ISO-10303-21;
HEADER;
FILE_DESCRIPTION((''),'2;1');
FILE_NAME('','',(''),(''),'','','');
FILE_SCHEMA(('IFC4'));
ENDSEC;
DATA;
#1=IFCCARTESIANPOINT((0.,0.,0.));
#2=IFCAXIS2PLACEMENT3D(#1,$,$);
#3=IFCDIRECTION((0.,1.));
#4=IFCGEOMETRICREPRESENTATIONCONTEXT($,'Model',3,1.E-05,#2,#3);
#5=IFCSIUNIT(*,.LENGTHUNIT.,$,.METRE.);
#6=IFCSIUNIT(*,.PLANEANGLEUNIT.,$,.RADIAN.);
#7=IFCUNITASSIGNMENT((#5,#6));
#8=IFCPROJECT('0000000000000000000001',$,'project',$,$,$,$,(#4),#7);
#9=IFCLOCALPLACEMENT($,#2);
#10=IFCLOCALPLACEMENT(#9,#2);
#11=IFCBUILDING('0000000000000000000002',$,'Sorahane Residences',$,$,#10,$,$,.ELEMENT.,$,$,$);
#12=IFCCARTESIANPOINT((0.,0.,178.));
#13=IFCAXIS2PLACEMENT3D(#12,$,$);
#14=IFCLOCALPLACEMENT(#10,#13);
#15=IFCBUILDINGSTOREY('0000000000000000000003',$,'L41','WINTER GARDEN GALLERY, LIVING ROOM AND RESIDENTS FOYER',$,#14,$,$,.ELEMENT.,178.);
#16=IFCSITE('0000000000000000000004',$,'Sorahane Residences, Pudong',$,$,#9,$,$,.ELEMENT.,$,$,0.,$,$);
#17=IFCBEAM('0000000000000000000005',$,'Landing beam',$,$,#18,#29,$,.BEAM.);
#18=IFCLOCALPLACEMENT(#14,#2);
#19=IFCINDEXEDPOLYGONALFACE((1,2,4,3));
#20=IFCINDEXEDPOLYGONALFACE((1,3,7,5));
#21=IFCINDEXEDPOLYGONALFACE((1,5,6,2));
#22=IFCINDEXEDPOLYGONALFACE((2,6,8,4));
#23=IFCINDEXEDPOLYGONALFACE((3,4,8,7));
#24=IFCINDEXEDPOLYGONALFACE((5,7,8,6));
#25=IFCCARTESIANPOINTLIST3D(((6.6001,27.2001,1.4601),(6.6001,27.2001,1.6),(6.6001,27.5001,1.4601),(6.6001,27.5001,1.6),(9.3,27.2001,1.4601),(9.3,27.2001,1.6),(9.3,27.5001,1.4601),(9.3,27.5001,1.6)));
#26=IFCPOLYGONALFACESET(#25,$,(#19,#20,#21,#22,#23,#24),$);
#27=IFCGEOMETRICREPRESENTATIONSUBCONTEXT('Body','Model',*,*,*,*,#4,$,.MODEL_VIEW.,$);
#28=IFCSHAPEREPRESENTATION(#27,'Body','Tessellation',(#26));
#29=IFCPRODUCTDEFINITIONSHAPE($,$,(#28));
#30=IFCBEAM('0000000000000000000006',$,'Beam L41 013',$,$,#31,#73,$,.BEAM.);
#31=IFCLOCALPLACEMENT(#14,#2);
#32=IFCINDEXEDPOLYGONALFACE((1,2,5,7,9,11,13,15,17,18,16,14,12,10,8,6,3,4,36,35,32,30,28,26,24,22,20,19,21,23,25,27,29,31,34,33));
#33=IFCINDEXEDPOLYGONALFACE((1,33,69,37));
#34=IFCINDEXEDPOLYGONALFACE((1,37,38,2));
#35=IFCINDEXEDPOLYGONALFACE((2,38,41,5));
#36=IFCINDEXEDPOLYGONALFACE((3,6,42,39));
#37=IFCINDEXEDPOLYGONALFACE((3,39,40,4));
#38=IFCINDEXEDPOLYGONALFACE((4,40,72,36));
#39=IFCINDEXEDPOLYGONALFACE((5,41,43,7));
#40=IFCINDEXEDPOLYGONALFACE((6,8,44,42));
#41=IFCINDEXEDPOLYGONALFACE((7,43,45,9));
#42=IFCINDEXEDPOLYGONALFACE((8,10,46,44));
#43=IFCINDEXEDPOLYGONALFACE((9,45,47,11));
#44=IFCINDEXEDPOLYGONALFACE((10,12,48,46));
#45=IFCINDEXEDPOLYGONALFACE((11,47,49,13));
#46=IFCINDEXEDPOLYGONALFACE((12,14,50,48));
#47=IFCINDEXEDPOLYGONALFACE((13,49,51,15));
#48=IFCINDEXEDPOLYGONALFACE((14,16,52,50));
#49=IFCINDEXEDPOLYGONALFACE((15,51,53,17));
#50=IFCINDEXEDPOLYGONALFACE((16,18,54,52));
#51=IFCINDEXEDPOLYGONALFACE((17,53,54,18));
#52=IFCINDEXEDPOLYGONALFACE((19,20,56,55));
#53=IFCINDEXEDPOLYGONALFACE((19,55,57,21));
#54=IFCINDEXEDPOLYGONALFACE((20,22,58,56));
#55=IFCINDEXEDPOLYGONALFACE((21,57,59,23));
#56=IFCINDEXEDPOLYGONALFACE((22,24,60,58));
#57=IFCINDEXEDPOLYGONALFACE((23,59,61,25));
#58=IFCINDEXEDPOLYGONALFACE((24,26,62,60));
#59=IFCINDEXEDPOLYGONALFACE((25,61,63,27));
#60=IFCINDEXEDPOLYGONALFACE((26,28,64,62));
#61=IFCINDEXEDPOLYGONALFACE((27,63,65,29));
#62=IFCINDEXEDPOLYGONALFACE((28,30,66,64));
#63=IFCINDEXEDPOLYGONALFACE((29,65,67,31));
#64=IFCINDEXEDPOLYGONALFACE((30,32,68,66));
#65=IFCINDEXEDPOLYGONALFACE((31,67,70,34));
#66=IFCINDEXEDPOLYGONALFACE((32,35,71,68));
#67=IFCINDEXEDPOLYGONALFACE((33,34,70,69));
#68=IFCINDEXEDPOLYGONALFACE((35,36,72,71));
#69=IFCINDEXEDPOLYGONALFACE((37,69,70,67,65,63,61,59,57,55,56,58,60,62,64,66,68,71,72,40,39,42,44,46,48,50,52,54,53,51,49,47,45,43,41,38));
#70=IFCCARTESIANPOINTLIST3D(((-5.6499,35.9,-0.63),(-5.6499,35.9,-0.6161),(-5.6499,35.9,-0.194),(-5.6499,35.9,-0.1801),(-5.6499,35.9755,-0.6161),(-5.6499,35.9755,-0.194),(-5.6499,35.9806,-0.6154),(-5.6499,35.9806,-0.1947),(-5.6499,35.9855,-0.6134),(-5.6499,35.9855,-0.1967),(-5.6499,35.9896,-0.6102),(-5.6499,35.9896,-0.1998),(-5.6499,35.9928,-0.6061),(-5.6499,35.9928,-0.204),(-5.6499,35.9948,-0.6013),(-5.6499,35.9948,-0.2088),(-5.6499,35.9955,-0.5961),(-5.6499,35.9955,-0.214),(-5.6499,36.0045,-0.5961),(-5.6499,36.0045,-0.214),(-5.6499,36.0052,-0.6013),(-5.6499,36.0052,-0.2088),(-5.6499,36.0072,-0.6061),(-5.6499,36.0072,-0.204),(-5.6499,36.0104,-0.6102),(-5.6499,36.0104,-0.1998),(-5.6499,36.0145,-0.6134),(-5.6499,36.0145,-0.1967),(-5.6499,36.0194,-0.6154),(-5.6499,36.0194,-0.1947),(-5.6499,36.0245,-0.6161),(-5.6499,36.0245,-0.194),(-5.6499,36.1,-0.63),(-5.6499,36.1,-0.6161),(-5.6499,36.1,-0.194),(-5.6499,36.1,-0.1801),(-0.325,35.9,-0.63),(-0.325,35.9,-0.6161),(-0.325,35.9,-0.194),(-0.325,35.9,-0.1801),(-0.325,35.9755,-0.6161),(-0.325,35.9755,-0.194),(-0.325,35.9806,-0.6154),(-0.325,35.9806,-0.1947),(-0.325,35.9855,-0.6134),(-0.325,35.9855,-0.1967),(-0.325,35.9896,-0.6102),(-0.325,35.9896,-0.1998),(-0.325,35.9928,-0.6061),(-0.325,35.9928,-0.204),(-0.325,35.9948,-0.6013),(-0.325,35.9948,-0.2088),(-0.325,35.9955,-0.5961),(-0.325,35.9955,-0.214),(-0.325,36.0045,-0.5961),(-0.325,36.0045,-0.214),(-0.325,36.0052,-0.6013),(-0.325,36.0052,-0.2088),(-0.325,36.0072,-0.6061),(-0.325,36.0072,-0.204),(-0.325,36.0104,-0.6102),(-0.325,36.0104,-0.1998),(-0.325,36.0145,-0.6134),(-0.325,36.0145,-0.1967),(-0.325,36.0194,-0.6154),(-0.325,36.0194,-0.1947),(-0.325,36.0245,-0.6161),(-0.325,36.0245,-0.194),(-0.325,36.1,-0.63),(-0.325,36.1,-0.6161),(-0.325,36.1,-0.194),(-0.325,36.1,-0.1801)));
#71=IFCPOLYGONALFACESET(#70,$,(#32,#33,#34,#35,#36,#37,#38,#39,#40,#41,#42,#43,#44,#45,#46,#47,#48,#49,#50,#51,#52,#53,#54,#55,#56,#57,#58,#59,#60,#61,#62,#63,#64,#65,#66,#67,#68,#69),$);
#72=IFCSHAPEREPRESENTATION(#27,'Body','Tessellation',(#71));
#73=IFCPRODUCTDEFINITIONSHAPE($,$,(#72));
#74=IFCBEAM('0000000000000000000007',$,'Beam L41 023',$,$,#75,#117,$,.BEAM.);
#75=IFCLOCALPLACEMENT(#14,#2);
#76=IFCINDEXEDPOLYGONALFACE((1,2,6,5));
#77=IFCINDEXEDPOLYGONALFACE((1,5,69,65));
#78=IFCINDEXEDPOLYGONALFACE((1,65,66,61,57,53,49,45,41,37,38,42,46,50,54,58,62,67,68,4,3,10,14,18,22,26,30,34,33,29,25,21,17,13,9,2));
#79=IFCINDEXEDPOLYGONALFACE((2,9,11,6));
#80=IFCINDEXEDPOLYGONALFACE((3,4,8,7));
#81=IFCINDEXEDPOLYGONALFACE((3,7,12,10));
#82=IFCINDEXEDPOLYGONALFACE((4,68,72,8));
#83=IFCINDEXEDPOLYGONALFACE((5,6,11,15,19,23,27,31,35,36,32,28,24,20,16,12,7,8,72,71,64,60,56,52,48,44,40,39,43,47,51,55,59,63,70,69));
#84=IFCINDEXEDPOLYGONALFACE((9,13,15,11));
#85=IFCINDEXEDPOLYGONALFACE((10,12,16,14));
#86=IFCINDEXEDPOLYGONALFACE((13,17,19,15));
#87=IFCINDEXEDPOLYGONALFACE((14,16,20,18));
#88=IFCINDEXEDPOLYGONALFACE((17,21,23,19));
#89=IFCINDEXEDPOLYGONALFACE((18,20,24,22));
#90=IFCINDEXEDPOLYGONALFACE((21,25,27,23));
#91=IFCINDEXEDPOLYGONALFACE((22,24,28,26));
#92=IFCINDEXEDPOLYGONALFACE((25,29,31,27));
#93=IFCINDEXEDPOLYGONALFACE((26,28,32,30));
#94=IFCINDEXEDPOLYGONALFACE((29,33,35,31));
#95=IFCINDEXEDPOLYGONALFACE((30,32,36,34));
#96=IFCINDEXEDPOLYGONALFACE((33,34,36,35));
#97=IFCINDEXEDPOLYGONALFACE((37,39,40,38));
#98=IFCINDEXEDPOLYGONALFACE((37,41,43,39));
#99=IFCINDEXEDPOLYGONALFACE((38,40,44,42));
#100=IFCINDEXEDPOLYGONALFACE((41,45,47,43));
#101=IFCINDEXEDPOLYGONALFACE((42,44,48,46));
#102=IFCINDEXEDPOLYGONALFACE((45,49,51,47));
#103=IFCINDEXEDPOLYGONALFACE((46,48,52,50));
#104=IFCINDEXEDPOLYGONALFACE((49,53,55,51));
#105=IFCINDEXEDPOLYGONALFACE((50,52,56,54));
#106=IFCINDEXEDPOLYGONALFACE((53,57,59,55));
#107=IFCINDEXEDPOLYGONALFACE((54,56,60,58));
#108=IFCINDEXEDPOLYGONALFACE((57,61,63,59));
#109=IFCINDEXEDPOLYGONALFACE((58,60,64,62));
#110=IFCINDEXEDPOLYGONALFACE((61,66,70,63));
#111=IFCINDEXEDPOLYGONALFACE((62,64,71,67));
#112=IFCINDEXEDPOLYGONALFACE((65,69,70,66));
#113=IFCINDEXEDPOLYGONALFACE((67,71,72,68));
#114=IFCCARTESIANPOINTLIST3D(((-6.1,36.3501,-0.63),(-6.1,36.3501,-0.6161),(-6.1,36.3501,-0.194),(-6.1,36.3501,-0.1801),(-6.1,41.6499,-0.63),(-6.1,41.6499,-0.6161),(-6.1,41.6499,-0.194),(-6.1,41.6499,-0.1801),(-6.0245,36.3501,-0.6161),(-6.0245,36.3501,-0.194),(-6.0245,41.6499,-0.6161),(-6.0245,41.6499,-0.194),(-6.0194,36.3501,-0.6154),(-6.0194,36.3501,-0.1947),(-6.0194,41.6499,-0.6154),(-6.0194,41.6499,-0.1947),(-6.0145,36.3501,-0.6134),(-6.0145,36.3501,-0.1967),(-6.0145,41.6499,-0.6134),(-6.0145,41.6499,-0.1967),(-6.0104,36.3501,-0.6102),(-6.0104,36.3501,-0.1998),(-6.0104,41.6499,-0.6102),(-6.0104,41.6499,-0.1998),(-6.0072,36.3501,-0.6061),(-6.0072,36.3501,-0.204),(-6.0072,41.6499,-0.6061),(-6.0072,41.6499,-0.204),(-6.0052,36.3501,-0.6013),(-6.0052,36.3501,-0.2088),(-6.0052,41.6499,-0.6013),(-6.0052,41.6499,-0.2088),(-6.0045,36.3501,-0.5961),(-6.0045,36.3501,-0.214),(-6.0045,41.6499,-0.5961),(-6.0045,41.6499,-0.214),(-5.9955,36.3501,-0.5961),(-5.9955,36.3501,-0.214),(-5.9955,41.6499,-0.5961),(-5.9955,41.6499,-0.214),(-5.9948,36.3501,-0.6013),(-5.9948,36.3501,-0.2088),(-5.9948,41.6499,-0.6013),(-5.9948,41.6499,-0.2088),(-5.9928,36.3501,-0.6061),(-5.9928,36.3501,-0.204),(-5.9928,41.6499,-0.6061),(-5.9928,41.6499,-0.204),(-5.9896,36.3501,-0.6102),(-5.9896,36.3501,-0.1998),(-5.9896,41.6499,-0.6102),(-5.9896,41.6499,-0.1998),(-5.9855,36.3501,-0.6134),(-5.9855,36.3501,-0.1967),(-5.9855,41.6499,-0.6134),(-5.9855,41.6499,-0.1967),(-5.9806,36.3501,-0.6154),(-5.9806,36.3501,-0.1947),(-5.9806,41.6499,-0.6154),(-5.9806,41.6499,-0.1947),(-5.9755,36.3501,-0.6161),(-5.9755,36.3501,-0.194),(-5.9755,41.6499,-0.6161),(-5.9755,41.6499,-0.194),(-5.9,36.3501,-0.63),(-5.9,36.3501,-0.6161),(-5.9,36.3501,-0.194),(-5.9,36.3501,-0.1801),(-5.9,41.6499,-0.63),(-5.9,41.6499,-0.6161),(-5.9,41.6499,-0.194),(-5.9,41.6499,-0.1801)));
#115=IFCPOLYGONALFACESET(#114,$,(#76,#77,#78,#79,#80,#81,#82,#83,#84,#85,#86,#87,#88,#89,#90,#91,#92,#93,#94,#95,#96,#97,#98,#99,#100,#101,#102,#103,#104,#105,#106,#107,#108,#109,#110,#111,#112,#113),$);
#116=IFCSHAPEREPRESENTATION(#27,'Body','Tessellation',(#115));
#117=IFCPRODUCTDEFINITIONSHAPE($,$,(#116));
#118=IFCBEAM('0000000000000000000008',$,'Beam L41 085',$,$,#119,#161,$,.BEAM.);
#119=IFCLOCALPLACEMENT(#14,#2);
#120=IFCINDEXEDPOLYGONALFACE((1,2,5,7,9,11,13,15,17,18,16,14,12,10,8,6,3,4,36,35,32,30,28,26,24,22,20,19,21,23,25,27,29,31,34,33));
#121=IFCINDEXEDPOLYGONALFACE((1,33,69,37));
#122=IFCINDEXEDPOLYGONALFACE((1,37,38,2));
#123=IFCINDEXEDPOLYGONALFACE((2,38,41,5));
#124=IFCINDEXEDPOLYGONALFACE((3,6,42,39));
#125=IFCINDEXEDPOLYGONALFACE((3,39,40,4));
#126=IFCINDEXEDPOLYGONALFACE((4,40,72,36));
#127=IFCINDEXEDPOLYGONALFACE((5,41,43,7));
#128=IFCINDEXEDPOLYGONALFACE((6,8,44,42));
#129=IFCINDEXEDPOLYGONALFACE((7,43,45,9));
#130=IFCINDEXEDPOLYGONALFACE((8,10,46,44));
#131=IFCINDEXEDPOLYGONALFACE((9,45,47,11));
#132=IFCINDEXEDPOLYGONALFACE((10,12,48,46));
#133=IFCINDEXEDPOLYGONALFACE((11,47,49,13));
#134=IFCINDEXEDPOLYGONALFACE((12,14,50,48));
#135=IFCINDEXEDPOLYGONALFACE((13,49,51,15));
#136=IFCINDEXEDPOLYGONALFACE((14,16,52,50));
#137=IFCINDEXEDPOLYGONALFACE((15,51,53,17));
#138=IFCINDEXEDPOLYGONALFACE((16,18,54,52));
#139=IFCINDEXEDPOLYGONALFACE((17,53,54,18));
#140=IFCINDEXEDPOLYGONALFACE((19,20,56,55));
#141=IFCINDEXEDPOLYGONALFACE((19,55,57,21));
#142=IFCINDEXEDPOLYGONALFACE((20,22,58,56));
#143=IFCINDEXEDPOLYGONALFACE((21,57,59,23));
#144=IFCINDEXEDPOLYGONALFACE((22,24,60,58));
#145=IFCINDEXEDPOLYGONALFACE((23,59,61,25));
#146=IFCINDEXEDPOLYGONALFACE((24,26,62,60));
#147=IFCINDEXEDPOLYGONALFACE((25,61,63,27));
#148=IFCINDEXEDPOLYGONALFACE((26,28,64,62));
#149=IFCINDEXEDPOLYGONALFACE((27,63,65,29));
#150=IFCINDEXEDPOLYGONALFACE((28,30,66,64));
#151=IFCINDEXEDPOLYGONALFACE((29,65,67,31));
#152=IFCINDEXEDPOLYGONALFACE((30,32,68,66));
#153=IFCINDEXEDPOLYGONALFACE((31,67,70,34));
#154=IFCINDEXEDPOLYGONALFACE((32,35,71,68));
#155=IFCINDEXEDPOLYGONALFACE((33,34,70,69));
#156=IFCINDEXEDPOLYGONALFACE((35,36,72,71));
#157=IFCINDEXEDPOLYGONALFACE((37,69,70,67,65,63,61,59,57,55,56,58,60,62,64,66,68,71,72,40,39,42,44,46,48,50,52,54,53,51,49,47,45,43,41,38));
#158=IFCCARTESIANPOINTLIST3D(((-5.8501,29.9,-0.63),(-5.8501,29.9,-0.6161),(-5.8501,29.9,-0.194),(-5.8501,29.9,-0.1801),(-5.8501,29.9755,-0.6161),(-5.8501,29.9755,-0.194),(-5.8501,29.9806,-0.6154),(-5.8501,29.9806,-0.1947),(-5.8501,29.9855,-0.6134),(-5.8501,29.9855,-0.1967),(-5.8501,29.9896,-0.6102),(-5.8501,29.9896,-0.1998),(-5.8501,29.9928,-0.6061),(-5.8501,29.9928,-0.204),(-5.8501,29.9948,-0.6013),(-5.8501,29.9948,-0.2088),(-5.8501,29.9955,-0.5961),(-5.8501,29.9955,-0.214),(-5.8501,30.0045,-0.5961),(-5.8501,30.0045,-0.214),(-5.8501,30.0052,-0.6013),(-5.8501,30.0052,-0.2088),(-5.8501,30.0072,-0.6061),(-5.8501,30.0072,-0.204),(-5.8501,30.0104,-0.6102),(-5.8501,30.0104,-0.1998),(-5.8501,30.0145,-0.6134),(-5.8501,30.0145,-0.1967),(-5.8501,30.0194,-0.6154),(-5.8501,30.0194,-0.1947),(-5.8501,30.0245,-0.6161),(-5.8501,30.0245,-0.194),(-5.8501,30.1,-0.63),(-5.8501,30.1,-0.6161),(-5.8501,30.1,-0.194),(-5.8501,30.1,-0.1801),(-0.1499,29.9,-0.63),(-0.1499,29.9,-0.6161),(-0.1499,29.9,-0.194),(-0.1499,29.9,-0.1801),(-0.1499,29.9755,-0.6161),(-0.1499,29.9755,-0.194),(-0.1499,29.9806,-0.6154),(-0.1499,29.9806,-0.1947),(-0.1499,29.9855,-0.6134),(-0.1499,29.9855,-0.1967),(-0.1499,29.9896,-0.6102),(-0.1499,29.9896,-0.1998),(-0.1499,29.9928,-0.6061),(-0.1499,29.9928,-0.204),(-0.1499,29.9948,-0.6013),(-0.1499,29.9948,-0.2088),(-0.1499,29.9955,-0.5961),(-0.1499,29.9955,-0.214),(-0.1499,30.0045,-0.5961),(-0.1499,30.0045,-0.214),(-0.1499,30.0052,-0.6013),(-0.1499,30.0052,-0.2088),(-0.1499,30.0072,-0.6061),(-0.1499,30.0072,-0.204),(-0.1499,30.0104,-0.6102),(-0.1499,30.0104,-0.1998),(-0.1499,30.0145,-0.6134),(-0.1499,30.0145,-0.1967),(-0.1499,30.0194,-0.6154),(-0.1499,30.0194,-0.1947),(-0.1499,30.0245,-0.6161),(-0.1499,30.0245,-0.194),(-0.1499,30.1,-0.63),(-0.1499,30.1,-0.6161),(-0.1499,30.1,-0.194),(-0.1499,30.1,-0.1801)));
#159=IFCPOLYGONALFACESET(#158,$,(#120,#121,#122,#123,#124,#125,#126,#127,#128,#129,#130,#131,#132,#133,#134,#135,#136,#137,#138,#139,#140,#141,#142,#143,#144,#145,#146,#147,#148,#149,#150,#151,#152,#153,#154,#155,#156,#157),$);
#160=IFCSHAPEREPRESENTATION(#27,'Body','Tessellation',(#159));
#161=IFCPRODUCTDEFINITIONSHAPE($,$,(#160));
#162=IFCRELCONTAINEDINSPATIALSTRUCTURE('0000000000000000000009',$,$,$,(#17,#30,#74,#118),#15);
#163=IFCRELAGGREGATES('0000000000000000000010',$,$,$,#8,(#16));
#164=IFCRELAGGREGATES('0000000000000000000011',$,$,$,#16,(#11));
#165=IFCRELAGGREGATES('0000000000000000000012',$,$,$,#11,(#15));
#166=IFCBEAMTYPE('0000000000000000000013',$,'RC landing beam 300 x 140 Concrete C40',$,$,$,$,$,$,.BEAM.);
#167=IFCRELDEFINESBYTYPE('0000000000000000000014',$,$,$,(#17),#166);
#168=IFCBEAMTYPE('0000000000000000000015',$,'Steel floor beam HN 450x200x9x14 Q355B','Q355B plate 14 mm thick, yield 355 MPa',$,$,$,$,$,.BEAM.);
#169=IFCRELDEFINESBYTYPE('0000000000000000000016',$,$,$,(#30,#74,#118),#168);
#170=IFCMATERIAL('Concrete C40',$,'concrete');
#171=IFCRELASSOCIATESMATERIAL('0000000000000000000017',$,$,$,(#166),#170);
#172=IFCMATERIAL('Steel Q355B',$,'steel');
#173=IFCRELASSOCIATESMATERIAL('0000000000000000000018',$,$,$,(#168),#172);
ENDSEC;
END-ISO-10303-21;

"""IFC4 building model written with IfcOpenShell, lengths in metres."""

from ifc_helpers import new_model, si_unit, direction, frame, origin, origin_2d, place, context, subcontext, project, spatial, rectangle, i_section, extrude, material, material_profile, profile_set, type_object, element, save


model = new_model("IFC4")

# Units and contexts
model_context = context("Model", 3, precision=1e-05, world=origin(), true_north=direction((0.0, 1.0)))
body_context = subcontext(model_context, "Body", "Model", "MODEL_VIEW")
ifc_project = project(units=[si_unit("LENGTHUNIT", "METRE"), si_unit("PLANEANGLEUNIT", "RADIAN")], contexts=[model_context])

# Site, building, storey
site_placement = place(None, origin())
site = spatial("IfcSite", under=ifc_project, at=site_placement, Name="Sorahane Residences, Pudong", CompositionType="ELEMENT", RefElevation=0.0)
building_placement = place(site_placement, origin())
building = spatial("IfcBuilding", under=site, at=building_placement, Name="Sorahane Residences", CompositionType="ELEMENT")
storey_placement = place(building_placement, frame((0.0, 0.0, 178.0)))
storey = spatial("IfcBuildingStorey", under=building, at=storey_placement, Name="L41", Description="WINTER GARDEN GALLERY, LIVING ROOM AND RESIDENTS FOYER", CompositionType="ELEMENT", Elevation=178.0)

# Beams
ifc_material_1 = material(Name="Concrete C40", Category="concrete")
ifc_material_profile_1 = material_profile(ifc_material_1, rectangle(XDim=0.3, YDim=0.1399, at=origin_2d()), Name="300x140")
ifc_profile_set_1 = profile_set([ifc_material_profile_1], Name="Concrete C40")
beam_type_1 = type_object("IfcBeamType", Name="RC landing beam 300 x 140 Concrete C40", PredefinedType="BEAM", material=ifc_profile_set_1)
for number, where, z_axis, x_axis, name in (
    (1, (6.6001, 27.3501, 1.53), (1.0, 0.0, 0.0), (0.0, 1.0, 0.0), "Landing beam"),
):
    element("IfcBeam", number, at=place(storey_placement, frame(where, z_axis=z_axis, x_axis=x_axis)), inside=storey, type_object=beam_type_1, Name=name, PredefinedType="BEAM", context=body_context, shape_type="SweptSolid", body=[
        extrude(rectangle(XDim=0.3, YDim=0.1399, at=origin_2d()), origin(), (0.0, 0.0, 1.0), 2.7),
    ])
ifc_material_2 = material(Name="Steel Q355B", Category="steel")
ifc_material_profile_2 = material_profile(ifc_material_2, i_section(OverallWidth=0.2, OverallDepth=0.45, WebThickness=0.009, FlangeThickness=0.0139, FilletRadius=0.02, at=origin_2d()), Name="HN 450x200x9x14")
ifc_profile_set_2 = profile_set([ifc_material_profile_2], Name="Steel Q355B")
beam_type_2 = type_object("IfcBeamType", Name="Steel floor beam HN 450x200x9x14 Q355B", Description="Q355B plate 14 mm thick, yield 355 MPa", PredefinedType="BEAM", material=ifc_profile_set_2)
beam_1_placement = place(storey_placement, frame((-5.6499, 36.0, -0.405), z_axis=(1.0, 0.0, 0.0), x_axis=(0.0, 1.0, 0.0)))
element("IfcBeam", 2, at=beam_1_placement, inside=storey, type_object=beam_type_2, Name="Beam L41 013", PredefinedType="BEAM", context=body_context, shape_type="SweptSolid", body=[
    extrude(i_section(OverallWidth=0.2, OverallDepth=0.45, WebThickness=0.009, FlangeThickness=0.0139, FilletRadius=0.02, at=origin_2d()), origin(), (0.0, 0.0, 1.0), 5.325),
])
beam_2_placement = place(storey_placement, frame((-6.0, 36.3501, -0.405), z_axis=(0.0, 1.0, 0.0), x_axis=(-1.0, 0.0, 0.0)))
element("IfcBeam", 3, at=beam_2_placement, inside=storey, type_object=beam_type_2, Name="Beam L41 023", PredefinedType="BEAM", context=body_context, shape_type="SweptSolid", body=[
    extrude(i_section(OverallWidth=0.2, OverallDepth=0.45, WebThickness=0.009, FlangeThickness=0.0139, FilletRadius=0.02, at=origin_2d()), origin(), (0.0, 0.0, 1.0), 5.2998),
])
beam_3_placement = place(storey_placement, frame((-5.8501, 30.0, -0.405), z_axis=(1.0, 0.0, 0.0), x_axis=(0.0, 1.0, 0.0)))
element("IfcBeam", 4, at=beam_3_placement, inside=storey, type_object=beam_type_2, Name="Beam L41 085", PredefinedType="BEAM", context=body_context, shape_type="SweptSolid", body=[
    extrude(i_section(OverallWidth=0.2, OverallDepth=0.45, WebThickness=0.009, FlangeThickness=0.0139, FilletRadius=0.02, at=origin_2d()), origin(), (0.0, 0.0, 1.0), 5.7002),
])

save(model, "model.ifc")
